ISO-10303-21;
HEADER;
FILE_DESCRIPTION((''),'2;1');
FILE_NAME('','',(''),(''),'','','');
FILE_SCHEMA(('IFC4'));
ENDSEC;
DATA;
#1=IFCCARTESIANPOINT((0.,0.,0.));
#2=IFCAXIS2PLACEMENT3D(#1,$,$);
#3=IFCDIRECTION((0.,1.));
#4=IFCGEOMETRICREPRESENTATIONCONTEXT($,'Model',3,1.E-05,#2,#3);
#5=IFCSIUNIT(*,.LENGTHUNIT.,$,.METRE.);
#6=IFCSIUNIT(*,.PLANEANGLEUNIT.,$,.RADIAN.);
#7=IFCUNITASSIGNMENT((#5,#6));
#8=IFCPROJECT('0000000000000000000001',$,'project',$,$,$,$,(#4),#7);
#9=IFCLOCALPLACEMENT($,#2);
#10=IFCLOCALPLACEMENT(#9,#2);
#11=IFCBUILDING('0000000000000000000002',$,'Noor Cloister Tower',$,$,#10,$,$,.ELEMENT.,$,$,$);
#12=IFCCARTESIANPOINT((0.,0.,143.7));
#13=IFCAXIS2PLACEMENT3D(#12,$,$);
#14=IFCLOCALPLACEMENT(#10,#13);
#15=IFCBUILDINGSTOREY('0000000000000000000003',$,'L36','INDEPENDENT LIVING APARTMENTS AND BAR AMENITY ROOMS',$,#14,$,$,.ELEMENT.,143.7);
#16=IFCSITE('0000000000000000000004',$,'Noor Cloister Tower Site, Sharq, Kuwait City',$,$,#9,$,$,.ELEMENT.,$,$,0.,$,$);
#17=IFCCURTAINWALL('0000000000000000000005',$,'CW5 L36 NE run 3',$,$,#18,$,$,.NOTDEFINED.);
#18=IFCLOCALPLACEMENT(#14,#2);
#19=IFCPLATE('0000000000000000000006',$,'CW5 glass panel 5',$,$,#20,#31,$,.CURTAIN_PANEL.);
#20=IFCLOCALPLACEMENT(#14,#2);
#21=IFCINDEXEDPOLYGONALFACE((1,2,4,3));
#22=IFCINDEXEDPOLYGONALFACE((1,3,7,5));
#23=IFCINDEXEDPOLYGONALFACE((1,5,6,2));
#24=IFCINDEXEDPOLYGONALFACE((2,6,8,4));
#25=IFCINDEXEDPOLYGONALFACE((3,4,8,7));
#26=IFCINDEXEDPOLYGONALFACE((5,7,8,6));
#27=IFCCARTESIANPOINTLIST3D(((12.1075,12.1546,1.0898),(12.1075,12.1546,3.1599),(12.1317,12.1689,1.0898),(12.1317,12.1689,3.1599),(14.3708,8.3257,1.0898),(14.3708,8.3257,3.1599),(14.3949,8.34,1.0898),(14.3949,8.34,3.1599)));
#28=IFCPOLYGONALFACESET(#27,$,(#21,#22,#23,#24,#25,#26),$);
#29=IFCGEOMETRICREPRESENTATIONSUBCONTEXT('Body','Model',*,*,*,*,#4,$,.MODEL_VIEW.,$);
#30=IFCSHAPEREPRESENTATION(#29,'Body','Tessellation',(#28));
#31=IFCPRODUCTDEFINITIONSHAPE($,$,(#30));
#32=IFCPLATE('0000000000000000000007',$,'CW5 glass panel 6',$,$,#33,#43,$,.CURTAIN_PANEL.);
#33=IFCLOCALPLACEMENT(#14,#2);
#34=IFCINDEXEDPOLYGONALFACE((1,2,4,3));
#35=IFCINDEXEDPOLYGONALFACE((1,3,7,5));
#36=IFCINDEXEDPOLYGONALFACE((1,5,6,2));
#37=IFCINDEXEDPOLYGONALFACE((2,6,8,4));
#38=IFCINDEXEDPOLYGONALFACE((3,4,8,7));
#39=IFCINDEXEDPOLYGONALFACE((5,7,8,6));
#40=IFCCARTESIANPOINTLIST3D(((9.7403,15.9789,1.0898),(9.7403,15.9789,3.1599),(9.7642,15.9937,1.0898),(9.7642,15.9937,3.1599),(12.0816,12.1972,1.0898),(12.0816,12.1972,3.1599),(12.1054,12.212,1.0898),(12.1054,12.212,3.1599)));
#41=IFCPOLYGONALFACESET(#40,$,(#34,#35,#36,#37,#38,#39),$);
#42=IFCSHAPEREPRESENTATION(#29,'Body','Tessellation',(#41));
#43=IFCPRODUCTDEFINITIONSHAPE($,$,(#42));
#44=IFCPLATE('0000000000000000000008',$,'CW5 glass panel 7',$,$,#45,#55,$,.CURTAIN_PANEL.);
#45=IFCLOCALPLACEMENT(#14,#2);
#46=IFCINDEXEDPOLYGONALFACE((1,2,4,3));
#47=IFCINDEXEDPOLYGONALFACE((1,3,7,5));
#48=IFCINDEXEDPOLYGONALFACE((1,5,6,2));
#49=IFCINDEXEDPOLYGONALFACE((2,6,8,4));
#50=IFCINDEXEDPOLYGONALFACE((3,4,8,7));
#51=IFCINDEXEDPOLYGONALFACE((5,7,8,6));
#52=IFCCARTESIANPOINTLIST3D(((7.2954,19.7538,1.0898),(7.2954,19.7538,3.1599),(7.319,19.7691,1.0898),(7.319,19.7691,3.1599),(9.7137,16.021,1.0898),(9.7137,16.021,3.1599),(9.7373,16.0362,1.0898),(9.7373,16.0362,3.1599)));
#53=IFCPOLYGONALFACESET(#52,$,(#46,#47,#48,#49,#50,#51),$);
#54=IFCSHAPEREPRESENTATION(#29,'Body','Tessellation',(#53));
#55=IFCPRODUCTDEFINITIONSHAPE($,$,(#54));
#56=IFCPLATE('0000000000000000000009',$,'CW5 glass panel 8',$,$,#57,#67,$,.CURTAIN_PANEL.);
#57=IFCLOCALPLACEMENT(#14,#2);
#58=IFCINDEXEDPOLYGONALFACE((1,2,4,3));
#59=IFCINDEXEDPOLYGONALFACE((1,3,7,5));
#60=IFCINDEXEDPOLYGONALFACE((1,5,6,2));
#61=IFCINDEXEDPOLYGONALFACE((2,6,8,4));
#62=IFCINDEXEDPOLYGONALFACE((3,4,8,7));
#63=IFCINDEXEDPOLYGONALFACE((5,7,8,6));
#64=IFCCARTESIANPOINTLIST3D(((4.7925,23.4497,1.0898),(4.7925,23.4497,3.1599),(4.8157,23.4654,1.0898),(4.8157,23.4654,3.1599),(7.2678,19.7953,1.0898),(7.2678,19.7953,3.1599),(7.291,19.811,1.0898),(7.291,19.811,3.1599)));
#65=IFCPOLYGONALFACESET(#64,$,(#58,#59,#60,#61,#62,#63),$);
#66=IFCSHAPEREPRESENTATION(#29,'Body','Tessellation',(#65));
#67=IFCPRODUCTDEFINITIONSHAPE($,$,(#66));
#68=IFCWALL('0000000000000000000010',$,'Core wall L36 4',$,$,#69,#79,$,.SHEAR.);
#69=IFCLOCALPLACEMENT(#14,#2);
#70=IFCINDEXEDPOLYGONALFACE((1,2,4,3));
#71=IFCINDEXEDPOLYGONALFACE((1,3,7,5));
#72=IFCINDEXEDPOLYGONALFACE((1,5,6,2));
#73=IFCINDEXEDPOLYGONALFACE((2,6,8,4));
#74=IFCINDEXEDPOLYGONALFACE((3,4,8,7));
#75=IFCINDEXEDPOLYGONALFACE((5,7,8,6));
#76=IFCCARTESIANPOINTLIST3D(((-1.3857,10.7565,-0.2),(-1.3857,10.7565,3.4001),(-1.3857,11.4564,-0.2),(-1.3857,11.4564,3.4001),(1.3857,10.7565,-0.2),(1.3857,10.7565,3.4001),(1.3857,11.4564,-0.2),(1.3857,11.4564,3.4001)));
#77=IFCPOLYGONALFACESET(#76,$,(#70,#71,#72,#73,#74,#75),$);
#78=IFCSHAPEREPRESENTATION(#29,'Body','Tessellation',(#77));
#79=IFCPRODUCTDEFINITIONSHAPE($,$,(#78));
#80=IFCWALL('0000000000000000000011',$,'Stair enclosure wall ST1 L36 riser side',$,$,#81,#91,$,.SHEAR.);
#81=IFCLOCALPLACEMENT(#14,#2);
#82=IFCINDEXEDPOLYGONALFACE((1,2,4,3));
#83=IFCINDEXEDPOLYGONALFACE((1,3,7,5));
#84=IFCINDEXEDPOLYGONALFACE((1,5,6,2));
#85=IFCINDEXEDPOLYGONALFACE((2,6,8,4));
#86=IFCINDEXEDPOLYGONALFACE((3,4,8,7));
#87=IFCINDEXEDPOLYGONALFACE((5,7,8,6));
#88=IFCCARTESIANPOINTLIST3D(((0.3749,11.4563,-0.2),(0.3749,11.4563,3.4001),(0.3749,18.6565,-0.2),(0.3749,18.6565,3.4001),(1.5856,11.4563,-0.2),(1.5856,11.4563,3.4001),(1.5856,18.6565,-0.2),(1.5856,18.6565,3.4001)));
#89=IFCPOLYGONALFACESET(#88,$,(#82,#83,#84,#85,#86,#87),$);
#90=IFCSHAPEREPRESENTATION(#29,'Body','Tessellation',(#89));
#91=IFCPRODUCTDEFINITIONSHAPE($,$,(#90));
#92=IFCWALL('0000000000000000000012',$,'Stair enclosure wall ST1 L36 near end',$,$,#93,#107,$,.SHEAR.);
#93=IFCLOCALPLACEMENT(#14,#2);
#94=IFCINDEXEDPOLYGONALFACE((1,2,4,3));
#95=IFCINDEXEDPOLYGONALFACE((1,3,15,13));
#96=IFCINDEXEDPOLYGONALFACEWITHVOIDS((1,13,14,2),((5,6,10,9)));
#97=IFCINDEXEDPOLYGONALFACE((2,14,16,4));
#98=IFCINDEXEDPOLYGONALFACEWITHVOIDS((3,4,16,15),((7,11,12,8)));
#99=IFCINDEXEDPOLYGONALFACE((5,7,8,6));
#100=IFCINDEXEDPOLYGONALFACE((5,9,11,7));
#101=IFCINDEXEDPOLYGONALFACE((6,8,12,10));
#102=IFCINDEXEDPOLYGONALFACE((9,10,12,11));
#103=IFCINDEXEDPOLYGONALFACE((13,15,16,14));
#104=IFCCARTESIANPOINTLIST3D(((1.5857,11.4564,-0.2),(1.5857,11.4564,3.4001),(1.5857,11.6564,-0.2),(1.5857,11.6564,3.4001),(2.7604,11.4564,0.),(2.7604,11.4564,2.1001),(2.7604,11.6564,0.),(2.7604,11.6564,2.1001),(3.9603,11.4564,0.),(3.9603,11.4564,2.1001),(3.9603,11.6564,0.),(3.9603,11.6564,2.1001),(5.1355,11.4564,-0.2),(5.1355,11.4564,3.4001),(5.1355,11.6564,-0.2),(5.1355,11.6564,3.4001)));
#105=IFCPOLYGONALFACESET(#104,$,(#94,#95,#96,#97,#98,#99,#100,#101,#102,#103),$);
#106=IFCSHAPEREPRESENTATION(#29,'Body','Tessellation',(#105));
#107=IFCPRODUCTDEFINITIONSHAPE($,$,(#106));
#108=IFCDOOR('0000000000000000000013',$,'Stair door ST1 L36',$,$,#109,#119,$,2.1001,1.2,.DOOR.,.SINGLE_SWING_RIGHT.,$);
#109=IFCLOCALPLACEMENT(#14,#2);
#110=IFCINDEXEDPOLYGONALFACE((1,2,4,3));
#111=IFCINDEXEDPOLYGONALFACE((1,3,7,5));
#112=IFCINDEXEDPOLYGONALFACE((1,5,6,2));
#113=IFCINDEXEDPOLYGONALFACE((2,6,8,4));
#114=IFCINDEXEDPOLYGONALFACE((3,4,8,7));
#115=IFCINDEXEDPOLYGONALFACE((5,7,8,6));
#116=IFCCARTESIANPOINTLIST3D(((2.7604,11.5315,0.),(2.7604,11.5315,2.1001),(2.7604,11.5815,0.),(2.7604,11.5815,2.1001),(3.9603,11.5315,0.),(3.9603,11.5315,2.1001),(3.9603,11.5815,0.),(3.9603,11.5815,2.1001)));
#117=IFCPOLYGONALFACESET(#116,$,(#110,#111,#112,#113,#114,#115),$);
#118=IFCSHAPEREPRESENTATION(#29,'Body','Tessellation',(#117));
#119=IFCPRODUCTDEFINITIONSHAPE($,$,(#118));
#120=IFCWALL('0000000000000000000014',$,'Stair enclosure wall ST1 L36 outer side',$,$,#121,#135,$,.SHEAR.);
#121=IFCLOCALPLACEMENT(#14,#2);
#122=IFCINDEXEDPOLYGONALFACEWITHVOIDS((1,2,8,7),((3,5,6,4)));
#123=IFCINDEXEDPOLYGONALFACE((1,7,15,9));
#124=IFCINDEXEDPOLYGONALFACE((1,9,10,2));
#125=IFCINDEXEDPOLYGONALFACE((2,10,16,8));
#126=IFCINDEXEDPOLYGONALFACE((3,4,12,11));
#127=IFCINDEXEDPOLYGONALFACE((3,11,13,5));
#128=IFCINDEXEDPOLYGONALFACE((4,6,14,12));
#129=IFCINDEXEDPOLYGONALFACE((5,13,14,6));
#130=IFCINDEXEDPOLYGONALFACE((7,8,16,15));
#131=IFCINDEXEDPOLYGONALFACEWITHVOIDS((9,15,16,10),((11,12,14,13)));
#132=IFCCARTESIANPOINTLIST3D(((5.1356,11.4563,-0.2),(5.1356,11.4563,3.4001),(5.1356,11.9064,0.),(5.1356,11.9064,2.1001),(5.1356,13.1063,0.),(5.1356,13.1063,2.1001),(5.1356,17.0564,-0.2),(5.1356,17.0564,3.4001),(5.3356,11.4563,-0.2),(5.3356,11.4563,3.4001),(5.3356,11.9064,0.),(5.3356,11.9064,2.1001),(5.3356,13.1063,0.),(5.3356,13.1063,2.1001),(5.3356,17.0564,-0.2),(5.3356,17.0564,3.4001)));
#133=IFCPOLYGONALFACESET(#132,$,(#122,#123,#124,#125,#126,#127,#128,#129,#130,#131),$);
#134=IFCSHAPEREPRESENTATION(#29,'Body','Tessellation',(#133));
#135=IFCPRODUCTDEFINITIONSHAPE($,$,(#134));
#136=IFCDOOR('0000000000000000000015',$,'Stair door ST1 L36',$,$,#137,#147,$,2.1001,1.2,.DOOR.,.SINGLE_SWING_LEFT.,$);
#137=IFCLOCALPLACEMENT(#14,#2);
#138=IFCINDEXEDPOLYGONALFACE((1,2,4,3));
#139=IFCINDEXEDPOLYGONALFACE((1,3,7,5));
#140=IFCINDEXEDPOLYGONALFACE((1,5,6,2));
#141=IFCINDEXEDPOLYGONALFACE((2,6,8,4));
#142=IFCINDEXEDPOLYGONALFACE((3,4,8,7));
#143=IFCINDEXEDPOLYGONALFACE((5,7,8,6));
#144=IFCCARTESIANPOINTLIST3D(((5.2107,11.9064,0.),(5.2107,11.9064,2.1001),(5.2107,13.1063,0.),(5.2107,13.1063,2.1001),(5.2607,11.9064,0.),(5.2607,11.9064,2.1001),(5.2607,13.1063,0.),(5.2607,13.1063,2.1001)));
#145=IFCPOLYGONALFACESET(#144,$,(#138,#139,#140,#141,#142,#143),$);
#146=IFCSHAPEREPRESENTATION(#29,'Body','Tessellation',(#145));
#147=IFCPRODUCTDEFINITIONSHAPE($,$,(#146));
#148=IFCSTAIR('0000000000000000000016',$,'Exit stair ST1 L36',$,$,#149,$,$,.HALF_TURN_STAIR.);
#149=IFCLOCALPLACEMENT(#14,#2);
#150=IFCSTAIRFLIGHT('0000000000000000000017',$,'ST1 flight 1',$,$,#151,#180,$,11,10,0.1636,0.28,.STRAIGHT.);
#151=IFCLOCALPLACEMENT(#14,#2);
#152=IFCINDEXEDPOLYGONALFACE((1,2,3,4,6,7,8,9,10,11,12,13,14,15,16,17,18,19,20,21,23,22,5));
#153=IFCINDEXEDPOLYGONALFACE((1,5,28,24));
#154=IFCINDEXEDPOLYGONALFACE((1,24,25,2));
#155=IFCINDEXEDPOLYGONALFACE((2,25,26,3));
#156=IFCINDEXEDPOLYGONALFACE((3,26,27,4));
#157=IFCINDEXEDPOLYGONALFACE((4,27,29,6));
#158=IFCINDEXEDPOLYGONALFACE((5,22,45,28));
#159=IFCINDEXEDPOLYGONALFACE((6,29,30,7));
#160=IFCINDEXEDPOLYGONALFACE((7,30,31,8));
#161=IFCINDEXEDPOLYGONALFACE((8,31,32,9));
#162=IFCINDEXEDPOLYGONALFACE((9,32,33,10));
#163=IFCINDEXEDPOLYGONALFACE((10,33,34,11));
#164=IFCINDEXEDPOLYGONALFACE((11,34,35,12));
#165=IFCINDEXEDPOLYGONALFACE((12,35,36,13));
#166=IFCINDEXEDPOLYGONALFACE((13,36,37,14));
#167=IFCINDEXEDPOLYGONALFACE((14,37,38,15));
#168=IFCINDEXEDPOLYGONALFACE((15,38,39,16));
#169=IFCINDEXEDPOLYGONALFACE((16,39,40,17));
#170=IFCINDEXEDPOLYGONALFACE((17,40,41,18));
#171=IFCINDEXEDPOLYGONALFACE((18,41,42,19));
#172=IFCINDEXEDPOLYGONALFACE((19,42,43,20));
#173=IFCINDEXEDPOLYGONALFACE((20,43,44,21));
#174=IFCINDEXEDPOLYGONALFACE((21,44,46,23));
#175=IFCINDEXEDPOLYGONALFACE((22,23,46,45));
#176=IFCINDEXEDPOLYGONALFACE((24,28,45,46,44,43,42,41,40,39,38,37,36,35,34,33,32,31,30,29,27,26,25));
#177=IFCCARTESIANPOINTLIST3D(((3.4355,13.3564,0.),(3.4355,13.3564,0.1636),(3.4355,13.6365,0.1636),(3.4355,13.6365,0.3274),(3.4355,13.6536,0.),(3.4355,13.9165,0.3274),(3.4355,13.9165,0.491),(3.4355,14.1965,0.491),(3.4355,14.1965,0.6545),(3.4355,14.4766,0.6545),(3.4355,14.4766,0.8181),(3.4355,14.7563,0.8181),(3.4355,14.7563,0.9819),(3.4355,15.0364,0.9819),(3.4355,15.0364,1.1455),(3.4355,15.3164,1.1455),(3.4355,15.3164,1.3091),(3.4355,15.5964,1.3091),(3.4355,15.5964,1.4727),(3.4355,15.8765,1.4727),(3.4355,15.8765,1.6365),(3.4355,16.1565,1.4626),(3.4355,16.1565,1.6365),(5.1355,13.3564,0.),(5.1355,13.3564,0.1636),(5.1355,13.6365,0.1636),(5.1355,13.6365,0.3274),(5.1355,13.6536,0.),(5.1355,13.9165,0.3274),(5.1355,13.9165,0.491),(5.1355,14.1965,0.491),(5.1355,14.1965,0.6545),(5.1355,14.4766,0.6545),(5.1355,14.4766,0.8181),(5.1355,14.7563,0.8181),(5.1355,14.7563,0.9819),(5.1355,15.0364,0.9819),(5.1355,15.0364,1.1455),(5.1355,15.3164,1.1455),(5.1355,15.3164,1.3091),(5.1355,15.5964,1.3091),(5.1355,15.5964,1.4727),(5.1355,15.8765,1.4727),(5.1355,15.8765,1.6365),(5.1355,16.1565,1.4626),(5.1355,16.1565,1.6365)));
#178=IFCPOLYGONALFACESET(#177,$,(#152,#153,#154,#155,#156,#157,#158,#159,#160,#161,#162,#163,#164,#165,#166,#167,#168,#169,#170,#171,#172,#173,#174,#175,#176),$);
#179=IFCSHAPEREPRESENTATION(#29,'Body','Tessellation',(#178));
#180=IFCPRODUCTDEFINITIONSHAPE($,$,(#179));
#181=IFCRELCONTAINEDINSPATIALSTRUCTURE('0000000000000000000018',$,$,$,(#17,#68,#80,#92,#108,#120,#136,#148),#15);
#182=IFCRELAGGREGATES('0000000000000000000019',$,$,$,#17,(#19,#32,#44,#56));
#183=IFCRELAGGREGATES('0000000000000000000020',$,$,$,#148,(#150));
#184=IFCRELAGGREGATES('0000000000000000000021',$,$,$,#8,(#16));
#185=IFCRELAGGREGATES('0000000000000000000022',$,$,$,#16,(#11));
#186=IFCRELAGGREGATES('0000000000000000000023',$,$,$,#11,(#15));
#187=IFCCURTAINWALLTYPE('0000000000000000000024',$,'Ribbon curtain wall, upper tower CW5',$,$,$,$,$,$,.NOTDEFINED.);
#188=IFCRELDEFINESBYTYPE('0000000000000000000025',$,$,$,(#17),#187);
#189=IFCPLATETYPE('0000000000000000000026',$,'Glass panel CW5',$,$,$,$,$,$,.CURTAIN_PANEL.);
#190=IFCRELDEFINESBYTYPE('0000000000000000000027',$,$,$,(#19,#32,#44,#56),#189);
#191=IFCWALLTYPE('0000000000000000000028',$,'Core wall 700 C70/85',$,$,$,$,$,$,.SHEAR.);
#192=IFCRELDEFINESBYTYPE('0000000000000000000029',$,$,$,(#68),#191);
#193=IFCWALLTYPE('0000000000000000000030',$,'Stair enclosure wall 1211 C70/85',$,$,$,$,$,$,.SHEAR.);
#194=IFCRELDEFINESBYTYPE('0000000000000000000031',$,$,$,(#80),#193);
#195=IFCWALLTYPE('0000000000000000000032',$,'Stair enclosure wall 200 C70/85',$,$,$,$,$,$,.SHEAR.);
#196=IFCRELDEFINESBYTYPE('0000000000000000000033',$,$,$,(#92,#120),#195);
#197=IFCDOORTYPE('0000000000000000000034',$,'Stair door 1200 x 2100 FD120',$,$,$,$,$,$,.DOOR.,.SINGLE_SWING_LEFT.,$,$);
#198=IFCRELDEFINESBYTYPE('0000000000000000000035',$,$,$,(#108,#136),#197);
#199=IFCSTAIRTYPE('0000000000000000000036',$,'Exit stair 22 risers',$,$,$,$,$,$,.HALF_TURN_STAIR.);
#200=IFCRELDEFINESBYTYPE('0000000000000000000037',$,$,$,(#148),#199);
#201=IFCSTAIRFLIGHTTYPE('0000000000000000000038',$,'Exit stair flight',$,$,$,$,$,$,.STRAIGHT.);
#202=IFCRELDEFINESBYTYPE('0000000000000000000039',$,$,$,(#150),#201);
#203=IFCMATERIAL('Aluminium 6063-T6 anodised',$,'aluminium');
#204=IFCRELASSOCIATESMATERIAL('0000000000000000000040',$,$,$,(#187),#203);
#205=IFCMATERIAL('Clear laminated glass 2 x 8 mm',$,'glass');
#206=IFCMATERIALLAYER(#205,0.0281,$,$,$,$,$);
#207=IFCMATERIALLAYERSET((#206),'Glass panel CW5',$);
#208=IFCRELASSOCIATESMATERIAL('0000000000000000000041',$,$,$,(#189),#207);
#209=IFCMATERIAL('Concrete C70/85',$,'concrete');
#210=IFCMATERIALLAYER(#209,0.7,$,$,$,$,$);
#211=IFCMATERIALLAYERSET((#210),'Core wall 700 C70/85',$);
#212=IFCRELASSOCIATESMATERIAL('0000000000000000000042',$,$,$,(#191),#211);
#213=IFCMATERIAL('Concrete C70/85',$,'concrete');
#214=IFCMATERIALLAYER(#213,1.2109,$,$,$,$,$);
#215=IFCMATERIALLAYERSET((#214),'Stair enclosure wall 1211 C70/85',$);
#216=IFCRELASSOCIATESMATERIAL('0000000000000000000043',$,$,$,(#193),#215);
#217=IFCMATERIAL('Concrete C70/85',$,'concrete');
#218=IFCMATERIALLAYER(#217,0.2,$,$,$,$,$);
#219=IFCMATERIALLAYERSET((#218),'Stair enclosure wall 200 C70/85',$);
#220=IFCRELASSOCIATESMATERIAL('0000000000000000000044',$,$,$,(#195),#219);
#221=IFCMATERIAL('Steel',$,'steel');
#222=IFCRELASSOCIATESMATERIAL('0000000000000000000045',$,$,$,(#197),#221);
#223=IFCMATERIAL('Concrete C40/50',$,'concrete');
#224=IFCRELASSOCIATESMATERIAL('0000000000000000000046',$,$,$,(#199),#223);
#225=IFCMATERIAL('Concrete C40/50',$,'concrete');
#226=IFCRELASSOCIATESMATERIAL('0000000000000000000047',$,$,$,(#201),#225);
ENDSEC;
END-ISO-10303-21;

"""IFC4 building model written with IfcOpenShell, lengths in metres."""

from ifc_helpers import new_model, si_unit, direction, frame, frame_2d, origin, origin_2d, place, context, subcontext, project, spatial, polyline, rectangle, outline, extrude, material, layer, layer_set, type_object, element, fill, aggregate, save


model = new_model("IFC4")

# Units and contexts
model_context = context("Model", 3, precision=1e-05, world=origin(), true_north=direction((0.0, 1.0)))
body_context = subcontext(model_context, "Body", "Model", "MODEL_VIEW")
ifc_project = project(units=[si_unit("LENGTHUNIT", "METRE"), si_unit("PLANEANGLEUNIT", "RADIAN")], contexts=[model_context])

# Site, building, storey
site_placement = place(None, origin())
site = spatial("IfcSite", under=ifc_project, at=site_placement, Name="Noor Cloister Tower Site, Sharq, Kuwait City", CompositionType="ELEMENT", RefElevation=0.0)
building_placement = place(site_placement, origin())
building = spatial("IfcBuilding", under=site, at=building_placement, Name="Noor Cloister Tower", CompositionType="ELEMENT")
storey_placement = place(building_placement, frame((0.0, 0.0, 143.7)))
storey = spatial("IfcBuildingStorey", under=building, at=storey_placement, Name="L36", Description="INDEPENDENT LIVING APARTMENTS AND BAR AMENITY ROOMS", CompositionType="ELEMENT", Elevation=143.7)

# Curtain wall
ifc_material_1 = material(Name="Aluminium 6063-T6 anodised", Category="aluminium")
curtain_wall_type = type_object("IfcCurtainWallType", Name="Ribbon curtain wall, upper tower CW5", PredefinedType="NOTDEFINED", material=ifc_material_1)
curtain_wall_placement = place(storey_placement, origin())
curtain_wall = element("IfcCurtainWall", 1, at=curtain_wall_placement, inside=storey, type_object=curtain_wall_type, Name="CW5 L36 NE run 3", PredefinedType="NOTDEFINED")

# Plates
ifc_material_2 = material(Name="Clear laminated glass 2 x 8 mm", Category="glass")
ifc_layer_1 = layer(ifc_material_2, 0.0281)
ifc_layer_set_1 = layer_set([ifc_layer_1], Name="Glass panel CW5")
plate_type = type_object("IfcPlateType", Name="Glass panel CW5", PredefinedType="CURTAIN_PANEL", material=ifc_layer_set_1)
plate_1_placement = place(storey_placement, frame((13.2512, 10.2473, 1.0898), z_axis=(0.0, 0.0, 1.0), x_axis=(-0.508852, 0.860854, 0.0)))
plate_1 = element("IfcPlate", 2, at=plate_1_placement, type_object=plate_type, Name="CW5 glass panel 5", PredefinedType="CURTAIN_PANEL", context=body_context, shape_type="SweptSolid", body=[
    extrude(rectangle(XDim=4.4478, YDim=0.0281, at=origin_2d()), origin(), (0.0, 0.0, 1.0), 2.0701),
])
plate_2_placement = place(storey_placement, frame((10.9229, 14.0955, 1.0898), z_axis=(0.0, 0.0, 1.0), x_axis=(-0.526394, 0.850241, 0.0)))
plate_2 = element("IfcPlate", 3, at=plate_2_placement, type_object=plate_type, Name="CW5 glass panel 6", PredefinedType="CURTAIN_PANEL", context=body_context, shape_type="SweptSolid", body=[
    extrude(rectangle(XDim=4.4478, YDim=0.0281, at=origin_2d()), origin(), (0.0, 0.0, 1.0), 2.0701),
])
plate_3_placement = place(storey_placement, frame((8.5164, 17.895, 1.0898), z_axis=(0.0, 0.0, 1.0), x_axis=(-0.543715, 0.83927, 0.0)))
plate_3 = element("IfcPlate", 4, at=plate_3_placement, type_object=plate_type, Name="CW5 glass panel 7", PredefinedType="CURTAIN_PANEL", context=body_context, shape_type="SweptSolid", body=[
    extrude(rectangle(XDim=4.4478, YDim=0.0281, at=origin_2d()), origin(), (0.0, 0.0, 1.0), 2.0701),
])
plate_4_placement = place(storey_placement, frame((6.0417, 21.6304, 1.0898), z_axis=(0.0, 0.0, 1.0), x_axis=(-0.560807, 0.827946, 0.0)))
plate_4 = element("IfcPlate", 5, at=plate_4_placement, type_object=plate_type, Name="CW5 glass panel 8", PredefinedType="CURTAIN_PANEL", context=body_context, shape_type="SweptSolid", body=[
    extrude(rectangle(XDim=4.4138, YDim=0.0281, at=origin_2d()), origin(), (0.0, 0.0, 1.0), 2.0701),
])
aggregate(curtain_wall, [plate_1, plate_2, plate_3, plate_4])

# Walls
ifc_material_3 = material(Name="Concrete C70/85", Category="concrete")
ifc_layer_2 = layer(ifc_material_3, 0.7)
ifc_layer_set_2 = layer_set([ifc_layer_2], Name="Core wall 700 C70/85")
wall_type_1 = type_object("IfcWallType", Name="Core wall 700 C70/85", PredefinedType="SHEAR", material=ifc_layer_set_2)
wall_1_placement = place(storey_placement, frame((1.3857, 11.1064, -0.2), z_axis=(0.0, 0.0, 1.0), x_axis=(-1.0, 0.0, 0.0)))
element("IfcWall", 6, at=wall_1_placement, inside=storey, type_object=wall_type_1, Name="Core wall L36 4", PredefinedType="SHEAR", context=body_context, shape_type="SweptSolid", body=[
    extrude(rectangle(XDim=2.7715, YDim=0.7, at=frame_2d((1.3857, 0.0))), origin(), (0.0, 0.0, 1.0), 3.6001),
])
ifc_material_4 = material(Name="Concrete C70/85", Category="concrete")
ifc_layer_3 = layer(ifc_material_4, 1.2109)
ifc_layer_set_3 = layer_set([ifc_layer_3], Name="Stair enclosure wall 1211 C70/85")
wall_type_2 = type_object("IfcWallType", Name="Stair enclosure wall 1211 C70/85", PredefinedType="SHEAR", material=ifc_layer_set_3)
wall_2_placement = place(storey_placement, frame((0.9802, 11.4563, -0.2), z_axis=(0.0, 0.0, 1.0), x_axis=(0.0, 1.0, 0.0)))
element("IfcWall", 7, at=wall_2_placement, inside=storey, type_object=wall_type_2, Name="Stair enclosure wall ST1 L36 riser side", PredefinedType="SHEAR", context=body_context, shape_type="SweptSolid", body=[
    extrude(rectangle(XDim=7.2002, YDim=1.2107, at=frame_2d((3.6001, 0.0))), origin(), (0.0, 0.0, 1.0), 3.6001),
])

# Walls, openings, doors
ifc_material_5 = material(Name="Concrete C70/85", Category="concrete")
ifc_layer_4 = layer(ifc_material_5, 0.2)
ifc_layer_set_4 = layer_set([ifc_layer_4], Name="Stair enclosure wall 200 C70/85")
wall_type_3 = type_object("IfcWallType", Name="Stair enclosure wall 200 C70/85", PredefinedType="SHEAR", material=ifc_layer_set_4)
wall_3_placement = place(storey_placement, frame((5.1355, 11.5564, -0.2), z_axis=(0.0, 0.0, 1.0), x_axis=(-1.0, 0.0, 0.0)))
wall_3 = element("IfcWall", 8, at=wall_3_placement, inside=storey, type_object=wall_type_3, Name="Stair enclosure wall ST1 L36 near end", PredefinedType="SHEAR", context=body_context, shape_type="SweptSolid", body=[
    extrude(rectangle(XDim=3.5498, YDim=0.2, at=frame_2d((1.7749, 0.0))), origin(), (0.0, 0.0, 1.0), 3.6001),
])
opening_1_placement = place(wall_3_placement, frame((1.175, 0.0, 0.2)))
opening_1 = element("IfcOpeningElement", 9, at=opening_1_placement, cuts=wall_3, PredefinedType="OPENING", context=body_context, shape_type="SweptSolid", body=[
    extrude(rectangle(XDim=1.2, YDim=2.1001, at=frame_2d((0.6001, 1.05))), frame((0.0, 0.1099, 0.0), z_axis=(0.0, -1.0, 0.0), x_axis=(1.0, 0.0, 0.0)), (0.0, 0.0, 1.0), 0.22),
])
ifc_material_6 = material(Name="Steel", Category="steel")
door_type = type_object("IfcDoorType", Name="Stair door 1200 x 2100 FD120", OperationType="SINGLE_SWING_LEFT", PredefinedType="DOOR", material=ifc_material_6)
door_1_placement = place(opening_1_placement, origin())
door_1 = element("IfcDoor", 10, at=door_1_placement, inside=storey, type_object=door_type, Name="Stair door ST1 L36", OperationType="SINGLE_SWING_RIGHT", OverallHeight=2.1001, OverallWidth=1.2, PredefinedType="DOOR", context=body_context, shape_type="SweptSolid", body=[
    extrude(rectangle(XDim=1.2, YDim=2.1001, at=frame_2d((0.6001, 1.05))), frame((0.0, 0.0249, 0.0), z_axis=(0.0, -1.0, 0.0), x_axis=(1.0, 0.0, 0.0)), (0.0, 0.0, 1.0), 0.05),
])
fill(opening_1, door_1)
wall_4_placement = place(storey_placement, frame((5.2356, 11.4563, -0.2), z_axis=(0.0, 0.0, 1.0), x_axis=(0.0, 1.0, 0.0)))
wall_4 = element("IfcWall", 11, at=wall_4_placement, inside=storey, type_object=wall_type_3, Name="Stair enclosure wall ST1 L36 outer side", PredefinedType="SHEAR", context=body_context, shape_type="SweptSolid", body=[
    extrude(rectangle(XDim=5.6001, YDim=0.2, at=frame_2d((2.8, 0.0))), origin(), (0.0, 0.0, 1.0), 3.6001),
])
opening_2_placement = place(wall_4_placement, frame((0.45, 0.0, 0.2)))
opening_2 = element("IfcOpeningElement", 12, at=opening_2_placement, cuts=wall_4, PredefinedType="OPENING", context=body_context, shape_type="SweptSolid", body=[
    extrude(rectangle(XDim=1.2, YDim=2.1001, at=frame_2d((0.6001, 1.05))), frame((0.0, 0.1099, 0.0), z_axis=(0.0, -1.0, 0.0), x_axis=(1.0, 0.0, 0.0)), (0.0, 0.0, 1.0), 0.22),
])
door_2_placement = place(opening_2_placement, origin())
door_2 = element("IfcDoor", 13, at=door_2_placement, inside=storey, type_object=door_type, Name="Stair door ST1 L36", OperationType="SINGLE_SWING_LEFT", OverallHeight=2.1001, OverallWidth=1.2, PredefinedType="DOOR", context=body_context, shape_type="SweptSolid", body=[
    extrude(rectangle(XDim=1.2, YDim=2.1001, at=frame_2d((0.6001, 1.05))), frame((0.0, 0.0249, 0.0), z_axis=(0.0, -1.0, 0.0), x_axis=(1.0, 0.0, 0.0)), (0.0, 0.0, 1.0), 0.05),
])
fill(opening_2, door_2)

# Stair, stair flight
ifc_material_7 = material(Name="Concrete C40/50", Category="concrete")
stair_type = type_object("IfcStairType", Name="Exit stair 22 risers", PredefinedType="HALF_TURN_STAIR", material=ifc_material_7)
stair_placement = place(storey_placement, origin())
stair = element("IfcStair", 14, at=stair_placement, inside=storey, type_object=stair_type, Name="Exit stair ST1 L36", PredefinedType="HALF_TURN_STAIR")
ifc_material_8 = material(Name="Concrete C40/50", Category="concrete")
stair_flight_type = type_object("IfcStairFlightType", Name="Exit stair flight", PredefinedType="STRAIGHT", material=ifc_material_8)
stair_flight_1_placement = place(storey_placement, frame((4.2856, 13.3564, 0.0), z_axis=(0.0, 0.0, 1.0), x_axis=(0.0, 1.0, 0.0)))
stair_flight_1 = element("IfcStairFlight", 15, at=stair_flight_1_placement, type_object=stair_flight_type, Name="ST1 flight 1", NumberOfRisers=11, NumberOfTreads=10, PredefinedType="STRAIGHT", RiserHeight=0.1636, TreadLength=0.28, context=body_context, shape_type="SweptSolid", body=[
    extrude(outline(polyline([(0.0, 0.0), (0.0, 0.1636), (0.28, 0.1636), (0.28, 0.3274), (0.5601, 0.3274), (0.5601, 0.491), (0.8401, 0.491), (0.8401, 0.6545), (1.1201, 0.6545), (1.1201, 0.8181), (1.3999, 0.8181), (1.3999, 0.9819), (1.6799, 0.9819), (1.6799, 1.1455), (1.96, 1.1455), (1.96, 1.3091), (2.24, 1.3091), (2.24, 1.4727), (2.52, 1.4727), (2.52, 1.6365), (2.8, 1.6365), (2.8, 1.8), (2.8, 1.4626), (0.2971, 0.0), (0.0, 0.0)])), frame((0.0, 0.8501, 0.0), z_axis=(0.0, -1.0, 0.0), x_axis=(1.0, 0.0, 0.0)), (0.0, 0.0, 1.0), 1.7),
])
aggregate(stair, [stair_flight_1])

save(model, "model.ifc")
